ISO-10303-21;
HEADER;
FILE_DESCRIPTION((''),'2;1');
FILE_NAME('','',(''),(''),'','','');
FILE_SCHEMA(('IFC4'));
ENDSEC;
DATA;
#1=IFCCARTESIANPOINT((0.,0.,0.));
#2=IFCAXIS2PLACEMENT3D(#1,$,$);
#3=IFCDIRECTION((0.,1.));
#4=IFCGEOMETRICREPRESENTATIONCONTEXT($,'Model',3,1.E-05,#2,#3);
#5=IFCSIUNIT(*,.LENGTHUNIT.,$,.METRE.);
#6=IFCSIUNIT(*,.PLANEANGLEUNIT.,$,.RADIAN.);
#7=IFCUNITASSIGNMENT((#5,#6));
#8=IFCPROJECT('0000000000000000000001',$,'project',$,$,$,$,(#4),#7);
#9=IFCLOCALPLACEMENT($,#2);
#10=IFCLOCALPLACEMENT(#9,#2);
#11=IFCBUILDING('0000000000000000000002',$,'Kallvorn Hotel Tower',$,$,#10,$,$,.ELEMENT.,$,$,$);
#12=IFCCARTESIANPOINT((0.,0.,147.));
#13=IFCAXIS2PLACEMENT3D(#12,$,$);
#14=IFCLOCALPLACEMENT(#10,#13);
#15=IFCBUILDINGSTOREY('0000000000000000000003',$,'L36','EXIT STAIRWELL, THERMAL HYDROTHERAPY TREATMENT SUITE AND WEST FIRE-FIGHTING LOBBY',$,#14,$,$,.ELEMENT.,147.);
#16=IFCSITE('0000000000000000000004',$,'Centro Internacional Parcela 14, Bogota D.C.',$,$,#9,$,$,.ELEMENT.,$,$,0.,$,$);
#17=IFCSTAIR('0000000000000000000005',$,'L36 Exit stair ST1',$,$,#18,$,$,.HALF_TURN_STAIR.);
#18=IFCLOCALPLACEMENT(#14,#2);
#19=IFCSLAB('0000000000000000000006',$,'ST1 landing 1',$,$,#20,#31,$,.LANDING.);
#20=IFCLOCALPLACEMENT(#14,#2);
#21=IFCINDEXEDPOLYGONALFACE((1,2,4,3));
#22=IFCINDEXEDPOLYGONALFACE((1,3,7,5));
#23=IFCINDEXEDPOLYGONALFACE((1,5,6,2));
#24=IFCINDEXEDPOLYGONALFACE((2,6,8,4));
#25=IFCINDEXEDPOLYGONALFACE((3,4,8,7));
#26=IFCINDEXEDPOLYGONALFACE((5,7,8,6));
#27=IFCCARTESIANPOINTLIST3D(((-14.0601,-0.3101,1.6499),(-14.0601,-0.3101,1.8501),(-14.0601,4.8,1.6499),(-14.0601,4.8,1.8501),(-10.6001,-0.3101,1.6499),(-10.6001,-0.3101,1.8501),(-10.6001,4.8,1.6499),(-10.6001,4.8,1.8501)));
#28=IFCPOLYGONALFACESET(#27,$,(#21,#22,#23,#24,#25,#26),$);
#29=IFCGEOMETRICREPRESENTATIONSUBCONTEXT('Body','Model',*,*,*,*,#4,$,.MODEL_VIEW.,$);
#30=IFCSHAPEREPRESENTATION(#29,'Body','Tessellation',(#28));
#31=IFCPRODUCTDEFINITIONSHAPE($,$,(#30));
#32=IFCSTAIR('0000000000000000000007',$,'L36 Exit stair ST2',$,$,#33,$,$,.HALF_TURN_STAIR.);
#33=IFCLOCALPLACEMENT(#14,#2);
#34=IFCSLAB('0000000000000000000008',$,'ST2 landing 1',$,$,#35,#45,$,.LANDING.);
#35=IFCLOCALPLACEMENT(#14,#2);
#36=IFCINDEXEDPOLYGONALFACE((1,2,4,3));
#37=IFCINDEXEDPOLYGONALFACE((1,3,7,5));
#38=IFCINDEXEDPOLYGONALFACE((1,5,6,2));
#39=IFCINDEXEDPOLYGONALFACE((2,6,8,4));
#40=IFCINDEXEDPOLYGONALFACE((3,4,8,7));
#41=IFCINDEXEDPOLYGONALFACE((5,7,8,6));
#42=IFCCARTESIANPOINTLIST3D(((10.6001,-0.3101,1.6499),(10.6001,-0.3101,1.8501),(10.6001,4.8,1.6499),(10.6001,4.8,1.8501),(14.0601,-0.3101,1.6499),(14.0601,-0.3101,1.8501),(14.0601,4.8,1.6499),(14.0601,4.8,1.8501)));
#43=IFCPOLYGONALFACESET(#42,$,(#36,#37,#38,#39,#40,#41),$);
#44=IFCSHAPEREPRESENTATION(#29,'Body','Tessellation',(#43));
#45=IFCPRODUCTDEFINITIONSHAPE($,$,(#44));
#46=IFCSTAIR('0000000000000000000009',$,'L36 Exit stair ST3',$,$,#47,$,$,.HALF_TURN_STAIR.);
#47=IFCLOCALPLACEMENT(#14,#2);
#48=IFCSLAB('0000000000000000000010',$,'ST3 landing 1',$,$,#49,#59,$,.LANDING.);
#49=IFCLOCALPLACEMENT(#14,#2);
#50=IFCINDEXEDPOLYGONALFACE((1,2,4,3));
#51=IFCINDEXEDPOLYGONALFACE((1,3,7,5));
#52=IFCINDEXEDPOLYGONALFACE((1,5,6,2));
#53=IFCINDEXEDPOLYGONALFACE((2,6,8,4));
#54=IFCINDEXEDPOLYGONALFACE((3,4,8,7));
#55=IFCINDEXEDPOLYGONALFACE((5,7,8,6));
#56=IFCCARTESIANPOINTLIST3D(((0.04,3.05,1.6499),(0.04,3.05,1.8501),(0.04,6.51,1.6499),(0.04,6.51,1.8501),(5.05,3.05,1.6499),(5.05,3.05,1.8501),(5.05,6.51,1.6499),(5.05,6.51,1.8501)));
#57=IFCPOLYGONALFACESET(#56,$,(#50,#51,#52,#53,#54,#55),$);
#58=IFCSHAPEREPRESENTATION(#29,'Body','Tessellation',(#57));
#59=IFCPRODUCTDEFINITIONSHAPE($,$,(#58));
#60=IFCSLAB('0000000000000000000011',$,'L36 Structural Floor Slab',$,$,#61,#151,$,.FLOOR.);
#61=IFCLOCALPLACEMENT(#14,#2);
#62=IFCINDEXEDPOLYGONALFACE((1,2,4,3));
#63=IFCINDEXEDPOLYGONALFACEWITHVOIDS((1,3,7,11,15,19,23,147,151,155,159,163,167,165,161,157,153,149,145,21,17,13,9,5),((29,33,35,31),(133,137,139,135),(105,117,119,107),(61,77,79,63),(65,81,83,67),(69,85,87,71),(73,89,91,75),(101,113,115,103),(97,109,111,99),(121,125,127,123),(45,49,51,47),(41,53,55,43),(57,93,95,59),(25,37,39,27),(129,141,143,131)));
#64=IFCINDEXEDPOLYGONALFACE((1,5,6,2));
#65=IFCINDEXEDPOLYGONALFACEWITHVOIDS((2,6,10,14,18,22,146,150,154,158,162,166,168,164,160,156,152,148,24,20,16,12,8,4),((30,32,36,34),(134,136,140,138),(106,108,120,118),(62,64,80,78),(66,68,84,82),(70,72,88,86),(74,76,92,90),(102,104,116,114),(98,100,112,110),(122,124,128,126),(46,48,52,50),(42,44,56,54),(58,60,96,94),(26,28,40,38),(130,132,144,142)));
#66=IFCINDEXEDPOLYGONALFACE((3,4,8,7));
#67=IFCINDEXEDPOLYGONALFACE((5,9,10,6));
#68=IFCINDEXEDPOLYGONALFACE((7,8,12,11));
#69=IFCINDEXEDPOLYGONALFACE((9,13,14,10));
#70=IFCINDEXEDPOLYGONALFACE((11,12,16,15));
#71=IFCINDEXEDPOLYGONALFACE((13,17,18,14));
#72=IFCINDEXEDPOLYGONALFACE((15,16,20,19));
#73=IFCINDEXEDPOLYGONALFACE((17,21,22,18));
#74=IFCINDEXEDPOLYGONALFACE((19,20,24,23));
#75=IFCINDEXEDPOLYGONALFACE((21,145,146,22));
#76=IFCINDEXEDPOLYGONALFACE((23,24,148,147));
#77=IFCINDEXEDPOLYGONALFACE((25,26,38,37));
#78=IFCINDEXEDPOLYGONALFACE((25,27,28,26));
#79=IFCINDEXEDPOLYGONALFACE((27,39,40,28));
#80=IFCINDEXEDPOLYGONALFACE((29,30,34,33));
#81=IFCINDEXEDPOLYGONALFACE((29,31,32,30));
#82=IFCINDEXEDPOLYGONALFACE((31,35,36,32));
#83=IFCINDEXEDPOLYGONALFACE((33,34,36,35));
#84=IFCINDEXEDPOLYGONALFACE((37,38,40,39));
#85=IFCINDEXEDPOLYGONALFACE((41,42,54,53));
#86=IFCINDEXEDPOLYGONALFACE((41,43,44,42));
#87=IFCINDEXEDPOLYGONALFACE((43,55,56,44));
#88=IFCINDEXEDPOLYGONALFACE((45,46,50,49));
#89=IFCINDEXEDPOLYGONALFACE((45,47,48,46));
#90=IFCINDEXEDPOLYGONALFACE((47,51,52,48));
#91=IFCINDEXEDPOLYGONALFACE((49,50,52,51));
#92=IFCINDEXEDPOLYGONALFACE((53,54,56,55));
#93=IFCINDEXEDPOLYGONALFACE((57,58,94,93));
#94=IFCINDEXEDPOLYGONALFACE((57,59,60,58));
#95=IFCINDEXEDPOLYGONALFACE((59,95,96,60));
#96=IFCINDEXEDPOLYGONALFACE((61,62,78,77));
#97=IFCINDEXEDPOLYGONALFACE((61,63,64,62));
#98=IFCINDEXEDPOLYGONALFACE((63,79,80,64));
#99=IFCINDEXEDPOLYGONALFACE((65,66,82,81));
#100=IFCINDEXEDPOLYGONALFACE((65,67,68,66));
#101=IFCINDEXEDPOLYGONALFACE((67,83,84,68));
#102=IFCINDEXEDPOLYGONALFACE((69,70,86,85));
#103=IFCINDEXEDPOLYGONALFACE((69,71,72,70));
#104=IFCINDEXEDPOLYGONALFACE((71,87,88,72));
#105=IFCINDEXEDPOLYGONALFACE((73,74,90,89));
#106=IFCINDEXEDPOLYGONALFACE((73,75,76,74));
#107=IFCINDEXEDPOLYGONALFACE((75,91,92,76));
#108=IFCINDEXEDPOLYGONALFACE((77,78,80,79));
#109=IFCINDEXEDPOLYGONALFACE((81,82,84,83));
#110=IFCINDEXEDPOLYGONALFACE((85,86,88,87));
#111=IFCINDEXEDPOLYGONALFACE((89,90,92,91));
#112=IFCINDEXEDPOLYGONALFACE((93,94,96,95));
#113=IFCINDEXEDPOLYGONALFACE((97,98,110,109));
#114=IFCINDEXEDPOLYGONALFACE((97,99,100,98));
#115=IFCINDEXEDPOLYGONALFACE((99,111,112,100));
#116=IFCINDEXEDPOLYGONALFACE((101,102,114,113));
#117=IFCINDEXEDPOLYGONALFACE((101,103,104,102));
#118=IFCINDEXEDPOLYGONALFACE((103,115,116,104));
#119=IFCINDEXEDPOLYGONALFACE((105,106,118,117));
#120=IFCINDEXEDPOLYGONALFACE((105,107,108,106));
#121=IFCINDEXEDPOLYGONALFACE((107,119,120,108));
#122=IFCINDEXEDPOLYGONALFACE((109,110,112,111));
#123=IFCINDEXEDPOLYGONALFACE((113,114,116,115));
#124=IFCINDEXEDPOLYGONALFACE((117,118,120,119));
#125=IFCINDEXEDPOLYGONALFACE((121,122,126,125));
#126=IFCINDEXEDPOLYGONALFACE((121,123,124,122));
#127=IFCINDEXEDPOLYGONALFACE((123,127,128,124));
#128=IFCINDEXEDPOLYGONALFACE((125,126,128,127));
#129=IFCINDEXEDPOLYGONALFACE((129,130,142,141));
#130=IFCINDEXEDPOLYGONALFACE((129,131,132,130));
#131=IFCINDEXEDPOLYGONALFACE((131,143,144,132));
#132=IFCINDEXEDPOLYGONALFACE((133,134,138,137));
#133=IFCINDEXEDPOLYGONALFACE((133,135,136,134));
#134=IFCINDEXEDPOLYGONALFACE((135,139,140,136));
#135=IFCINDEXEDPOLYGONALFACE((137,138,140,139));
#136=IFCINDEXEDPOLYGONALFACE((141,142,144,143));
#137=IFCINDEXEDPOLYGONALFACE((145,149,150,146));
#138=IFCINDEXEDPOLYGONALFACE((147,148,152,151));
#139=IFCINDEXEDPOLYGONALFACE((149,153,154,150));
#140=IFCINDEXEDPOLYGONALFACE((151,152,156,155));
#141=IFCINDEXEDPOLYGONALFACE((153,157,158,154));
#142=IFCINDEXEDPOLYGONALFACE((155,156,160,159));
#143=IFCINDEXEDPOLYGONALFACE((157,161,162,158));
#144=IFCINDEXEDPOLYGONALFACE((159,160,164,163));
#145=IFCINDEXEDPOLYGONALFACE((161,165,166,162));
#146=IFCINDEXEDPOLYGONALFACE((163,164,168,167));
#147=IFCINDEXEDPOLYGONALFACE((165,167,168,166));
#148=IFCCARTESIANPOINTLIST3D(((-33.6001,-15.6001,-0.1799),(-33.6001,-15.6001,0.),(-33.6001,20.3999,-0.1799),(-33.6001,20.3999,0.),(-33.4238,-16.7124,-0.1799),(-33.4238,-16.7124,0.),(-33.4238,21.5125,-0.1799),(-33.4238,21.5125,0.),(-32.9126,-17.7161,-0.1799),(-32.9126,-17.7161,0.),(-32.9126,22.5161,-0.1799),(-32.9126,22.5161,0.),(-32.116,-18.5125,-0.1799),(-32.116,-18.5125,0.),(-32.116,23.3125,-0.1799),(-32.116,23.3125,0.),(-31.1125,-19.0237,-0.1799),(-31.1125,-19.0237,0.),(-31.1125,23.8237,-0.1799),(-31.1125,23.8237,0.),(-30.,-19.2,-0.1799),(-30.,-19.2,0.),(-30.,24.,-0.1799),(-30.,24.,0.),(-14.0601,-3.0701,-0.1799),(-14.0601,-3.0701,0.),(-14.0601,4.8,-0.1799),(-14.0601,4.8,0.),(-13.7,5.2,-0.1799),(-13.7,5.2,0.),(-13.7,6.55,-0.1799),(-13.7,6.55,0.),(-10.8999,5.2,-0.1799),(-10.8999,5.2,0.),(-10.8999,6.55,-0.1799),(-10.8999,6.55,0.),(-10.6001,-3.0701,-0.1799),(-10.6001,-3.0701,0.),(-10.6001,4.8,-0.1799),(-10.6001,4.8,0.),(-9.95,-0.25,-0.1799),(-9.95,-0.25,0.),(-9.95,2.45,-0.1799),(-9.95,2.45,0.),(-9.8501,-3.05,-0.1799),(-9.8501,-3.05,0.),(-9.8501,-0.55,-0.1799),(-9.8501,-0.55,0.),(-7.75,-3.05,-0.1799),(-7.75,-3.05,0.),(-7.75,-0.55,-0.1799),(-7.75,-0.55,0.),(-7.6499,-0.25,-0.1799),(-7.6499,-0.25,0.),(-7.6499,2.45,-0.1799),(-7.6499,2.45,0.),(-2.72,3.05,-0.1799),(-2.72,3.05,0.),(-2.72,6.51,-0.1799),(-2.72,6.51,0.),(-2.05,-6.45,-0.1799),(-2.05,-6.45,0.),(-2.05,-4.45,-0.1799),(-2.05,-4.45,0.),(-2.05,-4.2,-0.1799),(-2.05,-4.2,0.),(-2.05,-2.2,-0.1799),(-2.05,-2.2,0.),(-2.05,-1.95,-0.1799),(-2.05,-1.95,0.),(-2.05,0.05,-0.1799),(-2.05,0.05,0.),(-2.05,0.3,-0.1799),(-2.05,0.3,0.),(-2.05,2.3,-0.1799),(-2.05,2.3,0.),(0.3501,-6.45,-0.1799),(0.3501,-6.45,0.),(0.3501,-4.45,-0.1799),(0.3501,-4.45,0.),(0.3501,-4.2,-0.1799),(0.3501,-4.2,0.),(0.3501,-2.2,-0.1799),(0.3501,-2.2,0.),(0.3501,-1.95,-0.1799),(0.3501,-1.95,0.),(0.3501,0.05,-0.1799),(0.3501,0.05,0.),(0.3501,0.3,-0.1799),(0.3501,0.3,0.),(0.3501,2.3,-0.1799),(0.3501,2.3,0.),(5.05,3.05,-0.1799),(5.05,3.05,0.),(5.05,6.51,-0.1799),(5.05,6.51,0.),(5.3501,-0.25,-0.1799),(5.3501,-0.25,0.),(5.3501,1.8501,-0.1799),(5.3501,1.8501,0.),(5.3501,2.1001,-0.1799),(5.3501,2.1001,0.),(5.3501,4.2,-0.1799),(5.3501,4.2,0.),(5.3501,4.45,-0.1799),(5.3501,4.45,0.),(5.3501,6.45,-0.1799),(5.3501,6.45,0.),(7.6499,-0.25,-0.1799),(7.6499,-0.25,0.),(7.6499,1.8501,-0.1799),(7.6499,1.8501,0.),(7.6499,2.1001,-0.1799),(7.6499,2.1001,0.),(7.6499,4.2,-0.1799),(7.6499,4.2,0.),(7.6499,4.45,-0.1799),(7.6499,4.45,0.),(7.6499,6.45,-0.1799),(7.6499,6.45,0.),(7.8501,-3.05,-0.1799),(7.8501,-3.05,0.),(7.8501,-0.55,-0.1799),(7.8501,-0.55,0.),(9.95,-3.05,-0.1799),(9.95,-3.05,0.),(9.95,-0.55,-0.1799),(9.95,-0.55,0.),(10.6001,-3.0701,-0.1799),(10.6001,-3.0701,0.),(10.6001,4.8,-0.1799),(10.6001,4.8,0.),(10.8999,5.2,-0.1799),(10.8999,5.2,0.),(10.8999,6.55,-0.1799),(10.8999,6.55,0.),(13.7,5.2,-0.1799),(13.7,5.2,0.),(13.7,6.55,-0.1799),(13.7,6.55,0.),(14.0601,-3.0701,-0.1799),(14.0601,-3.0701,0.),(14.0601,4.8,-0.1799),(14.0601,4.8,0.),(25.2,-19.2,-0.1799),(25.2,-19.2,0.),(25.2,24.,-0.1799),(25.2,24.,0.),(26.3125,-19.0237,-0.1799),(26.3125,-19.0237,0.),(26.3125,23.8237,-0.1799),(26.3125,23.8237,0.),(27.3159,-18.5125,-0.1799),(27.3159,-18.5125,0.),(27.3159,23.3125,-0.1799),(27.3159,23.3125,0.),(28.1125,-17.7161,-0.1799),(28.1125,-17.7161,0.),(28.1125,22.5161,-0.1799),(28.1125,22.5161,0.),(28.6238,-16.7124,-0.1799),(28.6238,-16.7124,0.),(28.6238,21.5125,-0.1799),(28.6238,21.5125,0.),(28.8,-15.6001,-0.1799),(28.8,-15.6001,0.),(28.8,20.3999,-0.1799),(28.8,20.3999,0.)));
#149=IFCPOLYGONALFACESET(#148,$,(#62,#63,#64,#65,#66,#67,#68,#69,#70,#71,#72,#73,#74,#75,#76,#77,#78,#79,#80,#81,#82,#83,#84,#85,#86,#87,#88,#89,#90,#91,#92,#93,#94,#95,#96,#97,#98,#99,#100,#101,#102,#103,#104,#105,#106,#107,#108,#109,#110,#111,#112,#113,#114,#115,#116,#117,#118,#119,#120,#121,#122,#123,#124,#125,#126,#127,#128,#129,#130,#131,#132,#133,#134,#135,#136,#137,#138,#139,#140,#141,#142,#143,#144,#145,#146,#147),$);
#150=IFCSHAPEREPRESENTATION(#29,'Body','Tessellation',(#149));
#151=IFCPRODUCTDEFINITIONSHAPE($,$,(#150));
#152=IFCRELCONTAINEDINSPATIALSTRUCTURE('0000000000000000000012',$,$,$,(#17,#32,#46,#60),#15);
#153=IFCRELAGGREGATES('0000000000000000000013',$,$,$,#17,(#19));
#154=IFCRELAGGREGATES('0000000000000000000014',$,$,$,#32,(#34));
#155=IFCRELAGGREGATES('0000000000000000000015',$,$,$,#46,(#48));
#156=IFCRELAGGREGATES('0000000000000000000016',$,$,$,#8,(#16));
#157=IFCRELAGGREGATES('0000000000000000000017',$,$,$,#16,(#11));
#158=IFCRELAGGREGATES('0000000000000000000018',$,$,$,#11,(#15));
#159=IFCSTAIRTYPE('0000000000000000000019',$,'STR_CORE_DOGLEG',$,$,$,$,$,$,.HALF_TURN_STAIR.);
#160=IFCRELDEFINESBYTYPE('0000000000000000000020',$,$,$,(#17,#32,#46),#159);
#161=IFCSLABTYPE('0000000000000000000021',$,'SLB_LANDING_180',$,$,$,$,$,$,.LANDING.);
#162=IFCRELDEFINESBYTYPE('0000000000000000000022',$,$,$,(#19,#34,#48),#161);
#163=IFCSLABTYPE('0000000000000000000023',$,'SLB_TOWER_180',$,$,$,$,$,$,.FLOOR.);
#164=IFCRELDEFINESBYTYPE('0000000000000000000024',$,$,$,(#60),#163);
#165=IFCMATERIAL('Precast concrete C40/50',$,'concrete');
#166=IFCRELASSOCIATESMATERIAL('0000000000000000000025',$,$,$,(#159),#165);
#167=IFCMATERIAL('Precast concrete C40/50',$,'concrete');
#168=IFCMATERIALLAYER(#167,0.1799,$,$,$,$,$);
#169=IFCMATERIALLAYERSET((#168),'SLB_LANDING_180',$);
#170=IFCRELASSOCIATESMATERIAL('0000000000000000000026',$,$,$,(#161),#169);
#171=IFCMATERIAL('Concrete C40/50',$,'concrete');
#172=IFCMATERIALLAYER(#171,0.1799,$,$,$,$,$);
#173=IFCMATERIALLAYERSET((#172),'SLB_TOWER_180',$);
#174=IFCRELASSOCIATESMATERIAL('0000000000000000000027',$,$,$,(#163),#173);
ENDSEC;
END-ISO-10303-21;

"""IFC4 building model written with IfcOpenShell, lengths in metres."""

from ifc_helpers import new_model, si_unit, direction, frame, origin, place, context, subcontext, project, spatial, polyline, outline, extrude, material, layer, layer_set, type_object, element, aggregate, save


model = new_model("IFC4")

# Units and contexts
model_context = context("Model", 3, precision=1e-05, world=origin(), true_north=direction((0.0, 1.0)))
body_context = subcontext(model_context, "Body", "Model", "MODEL_VIEW")
ifc_project = project(units=[si_unit("LENGTHUNIT", "METRE"), si_unit("PLANEANGLEUNIT", "RADIAN")], contexts=[model_context])

# Site, building, storey
site_placement = place(None, origin())
site = spatial("IfcSite", under=ifc_project, at=site_placement, Name="Centro Internacional Parcela 14, Bogota D.C.", CompositionType="ELEMENT", RefElevation=0.0)
building_placement = place(site_placement, origin())
building = spatial("IfcBuilding", under=site, at=building_placement, Name="Kallvorn Hotel Tower", CompositionType="ELEMENT")
storey_placement = place(building_placement, frame((0.0, 0.0, 147.0)))
storey = spatial("IfcBuildingStorey", under=building, at=storey_placement, Name="L36", Description="EXIT STAIRWELL, THERMAL HYDROTHERAPY TREATMENT SUITE AND WEST FIRE-FIGHTING LOBBY", CompositionType="ELEMENT", Elevation=147.0)

# Stairs, slabs
ifc_material_1 = material(Name="Precast concrete C40/50", Category="concrete")
stair_type = type_object("IfcStairType", Name="STR_CORE_DOGLEG", PredefinedType="HALF_TURN_STAIR", material=ifc_material_1)
stair_1_placement = place(storey_placement, origin())
stair_1 = element("IfcStair", 1, at=stair_1_placement, inside=storey, type_object=stair_type, Name="L36 Exit stair ST1", PredefinedType="HALF_TURN_STAIR")
ifc_material_2 = material(Name="Precast concrete C40/50", Category="concrete")
ifc_layer_1 = layer(ifc_material_2, 0.1799)
ifc_layer_set_1 = layer_set([ifc_layer_1], Name="SLB_LANDING_180")
slab_type_1 = type_object("IfcSlabType", Name="SLB_LANDING_180", PredefinedType="LANDING", material=ifc_layer_set_1)
slab_1_placement = place(storey_placement, frame((0.0, 0.0, 1.6499)))
slab_1 = element("IfcSlab", 2, at=slab_1_placement, type_object=slab_type_1, Name="ST1 landing 1", PredefinedType="LANDING", context=body_context, shape_type="SweptSolid", body=[
    extrude(outline(polyline([(-10.6001, -0.3101), (-10.6001, 4.8), (-14.0601, 4.8), (-14.0601, -0.3101), (-10.6001, -0.3101)])), origin(), (0.0, 0.0, 1.0), 0.2002),
])
aggregate(stair_1, [slab_1])
stair_2_placement = place(storey_placement, origin())
stair_2 = element("IfcStair", 3, at=stair_2_placement, inside=storey, type_object=stair_type, Name="L36 Exit stair ST2", PredefinedType="HALF_TURN_STAIR")
slab_2_placement = place(storey_placement, frame((0.0, 0.0, 1.6499)))
slab_2 = element("IfcSlab", 4, at=slab_2_placement, type_object=slab_type_1, Name="ST2 landing 1", PredefinedType="LANDING", context=body_context, shape_type="SweptSolid", body=[
    extrude(outline(polyline([(14.0601, -0.3101), (14.0601, 4.8), (10.6001, 4.8), (10.6001, -0.3101), (14.0601, -0.3101)])), origin(), (0.0, 0.0, 1.0), 0.2002),
])
aggregate(stair_2, [slab_2])
stair_3_placement = place(storey_placement, origin())
stair_3 = element("IfcStair", 5, at=stair_3_placement, inside=storey, type_object=stair_type, Name="L36 Exit stair ST3", PredefinedType="HALF_TURN_STAIR")
slab_3_placement = place(storey_placement, frame((0.0, 0.0, 1.6499)))
slab_3 = element("IfcSlab", 6, at=slab_3_placement, type_object=slab_type_1, Name="ST3 landing 1", PredefinedType="LANDING", context=body_context, shape_type="SweptSolid", body=[
    extrude(outline(polyline([(0.04, 3.05), (5.05, 3.05), (5.05, 6.51), (0.04, 6.51), (0.04, 3.05)])), origin(), (0.0, 0.0, 1.0), 0.2002),
])
aggregate(stair_3, [slab_3])

# Slab
ifc_material_3 = material(Name="Concrete C40/50", Category="concrete")
ifc_layer_2 = layer(ifc_material_3, 0.1799)
ifc_layer_set_2 = layer_set([ifc_layer_2], Name="SLB_TOWER_180")
slab_type_2 = type_object("IfcSlabType", Name="SLB_TOWER_180", PredefinedType="FLOOR", material=ifc_layer_set_2)
slab_4_placement = place(storey_placement, frame((0.0, 0.0, -0.1799)))
element("IfcSlab", 7, at=slab_4_placement, inside=storey, type_object=slab_type_2, Name="L36 Structural Floor Slab", PredefinedType="FLOOR", context=body_context, shape_type="SweptSolid", body=[
    extrude(outline(polyline([(25.2, -19.2), (26.3125, -19.0237), (27.3159, -18.5125), (28.1125, -17.7161), (28.6238, -16.7124), (28.8, -15.6001), (28.8, 20.3999), (28.6238, 21.5125), (28.1125, 22.5161), (27.3159, 23.3125), (26.3125, 23.8237), (25.2, 24.0), (-30.0, 24.0), (-31.1125, 23.8237), (-32.116, 23.3125), (-32.9126, 22.5161), (-33.4238, 21.5125), (-33.6001, 20.3999), (-33.6001, -15.6001), (-33.4238, -16.7124), (-32.9126, -17.7161), (-32.116, -18.5125), (-31.1125, -19.0237), (-30.0, -19.2), (25.2, -19.2)]), holes=[polyline([(-10.6001, -3.0701), (-10.6001, 4.8), (-14.0601, 4.8), (-14.0601, -3.0701), (-10.6001, -3.0701)]), polyline([(14.0601, -3.0701), (14.0601, 4.8), (10.6001, 4.8), (10.6001, -3.0701), (14.0601, -3.0701)]), polyline([(-2.72, 3.05), (5.05, 3.05), (5.05, 6.51), (-2.72, 6.51), (-2.72, 3.05)]), polyline([(-2.05, -6.45), (0.3501, -6.45), (0.3501, -4.45), (-2.05, -4.45), (-2.05, -6.45)]), polyline([(-2.05, -4.2), (0.3501, -4.2), (0.3501, -2.2), (-2.05, -2.2), (-2.05, -4.2)]), polyline([(-2.05, -1.95), (0.3501, -1.95), (0.3501, 0.05), (-2.05, 0.05), (-2.05, -1.95)]), polyline([(-2.05, 0.3), (0.3501, 0.3), (0.3501, 2.3), (-2.05, 2.3), (-2.05, 0.3)]), polyline([(5.3501, -0.25), (7.6499, -0.25), (7.6499, 1.8501), (5.3501, 1.8501), (5.3501, -0.25)]), polyline([(5.3501, 2.1001), (7.6499, 2.1001), (7.6499, 4.2), (5.3501, 4.2), (5.3501, 2.1001)]), polyline([(5.3501, 4.45), (7.6499, 4.45), (7.6499, 6.45), (5.3501, 6.45), (5.3501, 4.45)]), polyline([(-9.8501, -3.05), (-7.75, -3.05), (-7.75, -0.55), (-9.8501, -0.55), (-9.8501, -3.05)]), polyline([(7.8501, -3.05), (9.95, -3.05), (9.95, -0.55), (7.8501, -0.55), (7.8501, -3.05)]), polyline([(-9.95, -0.25), (-7.6499, -0.25), (-7.6499, 2.45), (-9.95, 2.45), (-9.95, -0.25)]), polyline([(-13.7, 5.2), (-10.8999, 5.2), (-10.8999, 6.55), (-13.7, 6.55), (-13.7, 5.2)]), polyline([(10.8999, 5.2), (13.7, 5.2), (13.7, 6.55), (10.8999, 6.55), (10.8999, 5.2)])]), origin(), (0.0, 0.0, 1.0), 0.1799),
])

save(model, "model.ifc")
